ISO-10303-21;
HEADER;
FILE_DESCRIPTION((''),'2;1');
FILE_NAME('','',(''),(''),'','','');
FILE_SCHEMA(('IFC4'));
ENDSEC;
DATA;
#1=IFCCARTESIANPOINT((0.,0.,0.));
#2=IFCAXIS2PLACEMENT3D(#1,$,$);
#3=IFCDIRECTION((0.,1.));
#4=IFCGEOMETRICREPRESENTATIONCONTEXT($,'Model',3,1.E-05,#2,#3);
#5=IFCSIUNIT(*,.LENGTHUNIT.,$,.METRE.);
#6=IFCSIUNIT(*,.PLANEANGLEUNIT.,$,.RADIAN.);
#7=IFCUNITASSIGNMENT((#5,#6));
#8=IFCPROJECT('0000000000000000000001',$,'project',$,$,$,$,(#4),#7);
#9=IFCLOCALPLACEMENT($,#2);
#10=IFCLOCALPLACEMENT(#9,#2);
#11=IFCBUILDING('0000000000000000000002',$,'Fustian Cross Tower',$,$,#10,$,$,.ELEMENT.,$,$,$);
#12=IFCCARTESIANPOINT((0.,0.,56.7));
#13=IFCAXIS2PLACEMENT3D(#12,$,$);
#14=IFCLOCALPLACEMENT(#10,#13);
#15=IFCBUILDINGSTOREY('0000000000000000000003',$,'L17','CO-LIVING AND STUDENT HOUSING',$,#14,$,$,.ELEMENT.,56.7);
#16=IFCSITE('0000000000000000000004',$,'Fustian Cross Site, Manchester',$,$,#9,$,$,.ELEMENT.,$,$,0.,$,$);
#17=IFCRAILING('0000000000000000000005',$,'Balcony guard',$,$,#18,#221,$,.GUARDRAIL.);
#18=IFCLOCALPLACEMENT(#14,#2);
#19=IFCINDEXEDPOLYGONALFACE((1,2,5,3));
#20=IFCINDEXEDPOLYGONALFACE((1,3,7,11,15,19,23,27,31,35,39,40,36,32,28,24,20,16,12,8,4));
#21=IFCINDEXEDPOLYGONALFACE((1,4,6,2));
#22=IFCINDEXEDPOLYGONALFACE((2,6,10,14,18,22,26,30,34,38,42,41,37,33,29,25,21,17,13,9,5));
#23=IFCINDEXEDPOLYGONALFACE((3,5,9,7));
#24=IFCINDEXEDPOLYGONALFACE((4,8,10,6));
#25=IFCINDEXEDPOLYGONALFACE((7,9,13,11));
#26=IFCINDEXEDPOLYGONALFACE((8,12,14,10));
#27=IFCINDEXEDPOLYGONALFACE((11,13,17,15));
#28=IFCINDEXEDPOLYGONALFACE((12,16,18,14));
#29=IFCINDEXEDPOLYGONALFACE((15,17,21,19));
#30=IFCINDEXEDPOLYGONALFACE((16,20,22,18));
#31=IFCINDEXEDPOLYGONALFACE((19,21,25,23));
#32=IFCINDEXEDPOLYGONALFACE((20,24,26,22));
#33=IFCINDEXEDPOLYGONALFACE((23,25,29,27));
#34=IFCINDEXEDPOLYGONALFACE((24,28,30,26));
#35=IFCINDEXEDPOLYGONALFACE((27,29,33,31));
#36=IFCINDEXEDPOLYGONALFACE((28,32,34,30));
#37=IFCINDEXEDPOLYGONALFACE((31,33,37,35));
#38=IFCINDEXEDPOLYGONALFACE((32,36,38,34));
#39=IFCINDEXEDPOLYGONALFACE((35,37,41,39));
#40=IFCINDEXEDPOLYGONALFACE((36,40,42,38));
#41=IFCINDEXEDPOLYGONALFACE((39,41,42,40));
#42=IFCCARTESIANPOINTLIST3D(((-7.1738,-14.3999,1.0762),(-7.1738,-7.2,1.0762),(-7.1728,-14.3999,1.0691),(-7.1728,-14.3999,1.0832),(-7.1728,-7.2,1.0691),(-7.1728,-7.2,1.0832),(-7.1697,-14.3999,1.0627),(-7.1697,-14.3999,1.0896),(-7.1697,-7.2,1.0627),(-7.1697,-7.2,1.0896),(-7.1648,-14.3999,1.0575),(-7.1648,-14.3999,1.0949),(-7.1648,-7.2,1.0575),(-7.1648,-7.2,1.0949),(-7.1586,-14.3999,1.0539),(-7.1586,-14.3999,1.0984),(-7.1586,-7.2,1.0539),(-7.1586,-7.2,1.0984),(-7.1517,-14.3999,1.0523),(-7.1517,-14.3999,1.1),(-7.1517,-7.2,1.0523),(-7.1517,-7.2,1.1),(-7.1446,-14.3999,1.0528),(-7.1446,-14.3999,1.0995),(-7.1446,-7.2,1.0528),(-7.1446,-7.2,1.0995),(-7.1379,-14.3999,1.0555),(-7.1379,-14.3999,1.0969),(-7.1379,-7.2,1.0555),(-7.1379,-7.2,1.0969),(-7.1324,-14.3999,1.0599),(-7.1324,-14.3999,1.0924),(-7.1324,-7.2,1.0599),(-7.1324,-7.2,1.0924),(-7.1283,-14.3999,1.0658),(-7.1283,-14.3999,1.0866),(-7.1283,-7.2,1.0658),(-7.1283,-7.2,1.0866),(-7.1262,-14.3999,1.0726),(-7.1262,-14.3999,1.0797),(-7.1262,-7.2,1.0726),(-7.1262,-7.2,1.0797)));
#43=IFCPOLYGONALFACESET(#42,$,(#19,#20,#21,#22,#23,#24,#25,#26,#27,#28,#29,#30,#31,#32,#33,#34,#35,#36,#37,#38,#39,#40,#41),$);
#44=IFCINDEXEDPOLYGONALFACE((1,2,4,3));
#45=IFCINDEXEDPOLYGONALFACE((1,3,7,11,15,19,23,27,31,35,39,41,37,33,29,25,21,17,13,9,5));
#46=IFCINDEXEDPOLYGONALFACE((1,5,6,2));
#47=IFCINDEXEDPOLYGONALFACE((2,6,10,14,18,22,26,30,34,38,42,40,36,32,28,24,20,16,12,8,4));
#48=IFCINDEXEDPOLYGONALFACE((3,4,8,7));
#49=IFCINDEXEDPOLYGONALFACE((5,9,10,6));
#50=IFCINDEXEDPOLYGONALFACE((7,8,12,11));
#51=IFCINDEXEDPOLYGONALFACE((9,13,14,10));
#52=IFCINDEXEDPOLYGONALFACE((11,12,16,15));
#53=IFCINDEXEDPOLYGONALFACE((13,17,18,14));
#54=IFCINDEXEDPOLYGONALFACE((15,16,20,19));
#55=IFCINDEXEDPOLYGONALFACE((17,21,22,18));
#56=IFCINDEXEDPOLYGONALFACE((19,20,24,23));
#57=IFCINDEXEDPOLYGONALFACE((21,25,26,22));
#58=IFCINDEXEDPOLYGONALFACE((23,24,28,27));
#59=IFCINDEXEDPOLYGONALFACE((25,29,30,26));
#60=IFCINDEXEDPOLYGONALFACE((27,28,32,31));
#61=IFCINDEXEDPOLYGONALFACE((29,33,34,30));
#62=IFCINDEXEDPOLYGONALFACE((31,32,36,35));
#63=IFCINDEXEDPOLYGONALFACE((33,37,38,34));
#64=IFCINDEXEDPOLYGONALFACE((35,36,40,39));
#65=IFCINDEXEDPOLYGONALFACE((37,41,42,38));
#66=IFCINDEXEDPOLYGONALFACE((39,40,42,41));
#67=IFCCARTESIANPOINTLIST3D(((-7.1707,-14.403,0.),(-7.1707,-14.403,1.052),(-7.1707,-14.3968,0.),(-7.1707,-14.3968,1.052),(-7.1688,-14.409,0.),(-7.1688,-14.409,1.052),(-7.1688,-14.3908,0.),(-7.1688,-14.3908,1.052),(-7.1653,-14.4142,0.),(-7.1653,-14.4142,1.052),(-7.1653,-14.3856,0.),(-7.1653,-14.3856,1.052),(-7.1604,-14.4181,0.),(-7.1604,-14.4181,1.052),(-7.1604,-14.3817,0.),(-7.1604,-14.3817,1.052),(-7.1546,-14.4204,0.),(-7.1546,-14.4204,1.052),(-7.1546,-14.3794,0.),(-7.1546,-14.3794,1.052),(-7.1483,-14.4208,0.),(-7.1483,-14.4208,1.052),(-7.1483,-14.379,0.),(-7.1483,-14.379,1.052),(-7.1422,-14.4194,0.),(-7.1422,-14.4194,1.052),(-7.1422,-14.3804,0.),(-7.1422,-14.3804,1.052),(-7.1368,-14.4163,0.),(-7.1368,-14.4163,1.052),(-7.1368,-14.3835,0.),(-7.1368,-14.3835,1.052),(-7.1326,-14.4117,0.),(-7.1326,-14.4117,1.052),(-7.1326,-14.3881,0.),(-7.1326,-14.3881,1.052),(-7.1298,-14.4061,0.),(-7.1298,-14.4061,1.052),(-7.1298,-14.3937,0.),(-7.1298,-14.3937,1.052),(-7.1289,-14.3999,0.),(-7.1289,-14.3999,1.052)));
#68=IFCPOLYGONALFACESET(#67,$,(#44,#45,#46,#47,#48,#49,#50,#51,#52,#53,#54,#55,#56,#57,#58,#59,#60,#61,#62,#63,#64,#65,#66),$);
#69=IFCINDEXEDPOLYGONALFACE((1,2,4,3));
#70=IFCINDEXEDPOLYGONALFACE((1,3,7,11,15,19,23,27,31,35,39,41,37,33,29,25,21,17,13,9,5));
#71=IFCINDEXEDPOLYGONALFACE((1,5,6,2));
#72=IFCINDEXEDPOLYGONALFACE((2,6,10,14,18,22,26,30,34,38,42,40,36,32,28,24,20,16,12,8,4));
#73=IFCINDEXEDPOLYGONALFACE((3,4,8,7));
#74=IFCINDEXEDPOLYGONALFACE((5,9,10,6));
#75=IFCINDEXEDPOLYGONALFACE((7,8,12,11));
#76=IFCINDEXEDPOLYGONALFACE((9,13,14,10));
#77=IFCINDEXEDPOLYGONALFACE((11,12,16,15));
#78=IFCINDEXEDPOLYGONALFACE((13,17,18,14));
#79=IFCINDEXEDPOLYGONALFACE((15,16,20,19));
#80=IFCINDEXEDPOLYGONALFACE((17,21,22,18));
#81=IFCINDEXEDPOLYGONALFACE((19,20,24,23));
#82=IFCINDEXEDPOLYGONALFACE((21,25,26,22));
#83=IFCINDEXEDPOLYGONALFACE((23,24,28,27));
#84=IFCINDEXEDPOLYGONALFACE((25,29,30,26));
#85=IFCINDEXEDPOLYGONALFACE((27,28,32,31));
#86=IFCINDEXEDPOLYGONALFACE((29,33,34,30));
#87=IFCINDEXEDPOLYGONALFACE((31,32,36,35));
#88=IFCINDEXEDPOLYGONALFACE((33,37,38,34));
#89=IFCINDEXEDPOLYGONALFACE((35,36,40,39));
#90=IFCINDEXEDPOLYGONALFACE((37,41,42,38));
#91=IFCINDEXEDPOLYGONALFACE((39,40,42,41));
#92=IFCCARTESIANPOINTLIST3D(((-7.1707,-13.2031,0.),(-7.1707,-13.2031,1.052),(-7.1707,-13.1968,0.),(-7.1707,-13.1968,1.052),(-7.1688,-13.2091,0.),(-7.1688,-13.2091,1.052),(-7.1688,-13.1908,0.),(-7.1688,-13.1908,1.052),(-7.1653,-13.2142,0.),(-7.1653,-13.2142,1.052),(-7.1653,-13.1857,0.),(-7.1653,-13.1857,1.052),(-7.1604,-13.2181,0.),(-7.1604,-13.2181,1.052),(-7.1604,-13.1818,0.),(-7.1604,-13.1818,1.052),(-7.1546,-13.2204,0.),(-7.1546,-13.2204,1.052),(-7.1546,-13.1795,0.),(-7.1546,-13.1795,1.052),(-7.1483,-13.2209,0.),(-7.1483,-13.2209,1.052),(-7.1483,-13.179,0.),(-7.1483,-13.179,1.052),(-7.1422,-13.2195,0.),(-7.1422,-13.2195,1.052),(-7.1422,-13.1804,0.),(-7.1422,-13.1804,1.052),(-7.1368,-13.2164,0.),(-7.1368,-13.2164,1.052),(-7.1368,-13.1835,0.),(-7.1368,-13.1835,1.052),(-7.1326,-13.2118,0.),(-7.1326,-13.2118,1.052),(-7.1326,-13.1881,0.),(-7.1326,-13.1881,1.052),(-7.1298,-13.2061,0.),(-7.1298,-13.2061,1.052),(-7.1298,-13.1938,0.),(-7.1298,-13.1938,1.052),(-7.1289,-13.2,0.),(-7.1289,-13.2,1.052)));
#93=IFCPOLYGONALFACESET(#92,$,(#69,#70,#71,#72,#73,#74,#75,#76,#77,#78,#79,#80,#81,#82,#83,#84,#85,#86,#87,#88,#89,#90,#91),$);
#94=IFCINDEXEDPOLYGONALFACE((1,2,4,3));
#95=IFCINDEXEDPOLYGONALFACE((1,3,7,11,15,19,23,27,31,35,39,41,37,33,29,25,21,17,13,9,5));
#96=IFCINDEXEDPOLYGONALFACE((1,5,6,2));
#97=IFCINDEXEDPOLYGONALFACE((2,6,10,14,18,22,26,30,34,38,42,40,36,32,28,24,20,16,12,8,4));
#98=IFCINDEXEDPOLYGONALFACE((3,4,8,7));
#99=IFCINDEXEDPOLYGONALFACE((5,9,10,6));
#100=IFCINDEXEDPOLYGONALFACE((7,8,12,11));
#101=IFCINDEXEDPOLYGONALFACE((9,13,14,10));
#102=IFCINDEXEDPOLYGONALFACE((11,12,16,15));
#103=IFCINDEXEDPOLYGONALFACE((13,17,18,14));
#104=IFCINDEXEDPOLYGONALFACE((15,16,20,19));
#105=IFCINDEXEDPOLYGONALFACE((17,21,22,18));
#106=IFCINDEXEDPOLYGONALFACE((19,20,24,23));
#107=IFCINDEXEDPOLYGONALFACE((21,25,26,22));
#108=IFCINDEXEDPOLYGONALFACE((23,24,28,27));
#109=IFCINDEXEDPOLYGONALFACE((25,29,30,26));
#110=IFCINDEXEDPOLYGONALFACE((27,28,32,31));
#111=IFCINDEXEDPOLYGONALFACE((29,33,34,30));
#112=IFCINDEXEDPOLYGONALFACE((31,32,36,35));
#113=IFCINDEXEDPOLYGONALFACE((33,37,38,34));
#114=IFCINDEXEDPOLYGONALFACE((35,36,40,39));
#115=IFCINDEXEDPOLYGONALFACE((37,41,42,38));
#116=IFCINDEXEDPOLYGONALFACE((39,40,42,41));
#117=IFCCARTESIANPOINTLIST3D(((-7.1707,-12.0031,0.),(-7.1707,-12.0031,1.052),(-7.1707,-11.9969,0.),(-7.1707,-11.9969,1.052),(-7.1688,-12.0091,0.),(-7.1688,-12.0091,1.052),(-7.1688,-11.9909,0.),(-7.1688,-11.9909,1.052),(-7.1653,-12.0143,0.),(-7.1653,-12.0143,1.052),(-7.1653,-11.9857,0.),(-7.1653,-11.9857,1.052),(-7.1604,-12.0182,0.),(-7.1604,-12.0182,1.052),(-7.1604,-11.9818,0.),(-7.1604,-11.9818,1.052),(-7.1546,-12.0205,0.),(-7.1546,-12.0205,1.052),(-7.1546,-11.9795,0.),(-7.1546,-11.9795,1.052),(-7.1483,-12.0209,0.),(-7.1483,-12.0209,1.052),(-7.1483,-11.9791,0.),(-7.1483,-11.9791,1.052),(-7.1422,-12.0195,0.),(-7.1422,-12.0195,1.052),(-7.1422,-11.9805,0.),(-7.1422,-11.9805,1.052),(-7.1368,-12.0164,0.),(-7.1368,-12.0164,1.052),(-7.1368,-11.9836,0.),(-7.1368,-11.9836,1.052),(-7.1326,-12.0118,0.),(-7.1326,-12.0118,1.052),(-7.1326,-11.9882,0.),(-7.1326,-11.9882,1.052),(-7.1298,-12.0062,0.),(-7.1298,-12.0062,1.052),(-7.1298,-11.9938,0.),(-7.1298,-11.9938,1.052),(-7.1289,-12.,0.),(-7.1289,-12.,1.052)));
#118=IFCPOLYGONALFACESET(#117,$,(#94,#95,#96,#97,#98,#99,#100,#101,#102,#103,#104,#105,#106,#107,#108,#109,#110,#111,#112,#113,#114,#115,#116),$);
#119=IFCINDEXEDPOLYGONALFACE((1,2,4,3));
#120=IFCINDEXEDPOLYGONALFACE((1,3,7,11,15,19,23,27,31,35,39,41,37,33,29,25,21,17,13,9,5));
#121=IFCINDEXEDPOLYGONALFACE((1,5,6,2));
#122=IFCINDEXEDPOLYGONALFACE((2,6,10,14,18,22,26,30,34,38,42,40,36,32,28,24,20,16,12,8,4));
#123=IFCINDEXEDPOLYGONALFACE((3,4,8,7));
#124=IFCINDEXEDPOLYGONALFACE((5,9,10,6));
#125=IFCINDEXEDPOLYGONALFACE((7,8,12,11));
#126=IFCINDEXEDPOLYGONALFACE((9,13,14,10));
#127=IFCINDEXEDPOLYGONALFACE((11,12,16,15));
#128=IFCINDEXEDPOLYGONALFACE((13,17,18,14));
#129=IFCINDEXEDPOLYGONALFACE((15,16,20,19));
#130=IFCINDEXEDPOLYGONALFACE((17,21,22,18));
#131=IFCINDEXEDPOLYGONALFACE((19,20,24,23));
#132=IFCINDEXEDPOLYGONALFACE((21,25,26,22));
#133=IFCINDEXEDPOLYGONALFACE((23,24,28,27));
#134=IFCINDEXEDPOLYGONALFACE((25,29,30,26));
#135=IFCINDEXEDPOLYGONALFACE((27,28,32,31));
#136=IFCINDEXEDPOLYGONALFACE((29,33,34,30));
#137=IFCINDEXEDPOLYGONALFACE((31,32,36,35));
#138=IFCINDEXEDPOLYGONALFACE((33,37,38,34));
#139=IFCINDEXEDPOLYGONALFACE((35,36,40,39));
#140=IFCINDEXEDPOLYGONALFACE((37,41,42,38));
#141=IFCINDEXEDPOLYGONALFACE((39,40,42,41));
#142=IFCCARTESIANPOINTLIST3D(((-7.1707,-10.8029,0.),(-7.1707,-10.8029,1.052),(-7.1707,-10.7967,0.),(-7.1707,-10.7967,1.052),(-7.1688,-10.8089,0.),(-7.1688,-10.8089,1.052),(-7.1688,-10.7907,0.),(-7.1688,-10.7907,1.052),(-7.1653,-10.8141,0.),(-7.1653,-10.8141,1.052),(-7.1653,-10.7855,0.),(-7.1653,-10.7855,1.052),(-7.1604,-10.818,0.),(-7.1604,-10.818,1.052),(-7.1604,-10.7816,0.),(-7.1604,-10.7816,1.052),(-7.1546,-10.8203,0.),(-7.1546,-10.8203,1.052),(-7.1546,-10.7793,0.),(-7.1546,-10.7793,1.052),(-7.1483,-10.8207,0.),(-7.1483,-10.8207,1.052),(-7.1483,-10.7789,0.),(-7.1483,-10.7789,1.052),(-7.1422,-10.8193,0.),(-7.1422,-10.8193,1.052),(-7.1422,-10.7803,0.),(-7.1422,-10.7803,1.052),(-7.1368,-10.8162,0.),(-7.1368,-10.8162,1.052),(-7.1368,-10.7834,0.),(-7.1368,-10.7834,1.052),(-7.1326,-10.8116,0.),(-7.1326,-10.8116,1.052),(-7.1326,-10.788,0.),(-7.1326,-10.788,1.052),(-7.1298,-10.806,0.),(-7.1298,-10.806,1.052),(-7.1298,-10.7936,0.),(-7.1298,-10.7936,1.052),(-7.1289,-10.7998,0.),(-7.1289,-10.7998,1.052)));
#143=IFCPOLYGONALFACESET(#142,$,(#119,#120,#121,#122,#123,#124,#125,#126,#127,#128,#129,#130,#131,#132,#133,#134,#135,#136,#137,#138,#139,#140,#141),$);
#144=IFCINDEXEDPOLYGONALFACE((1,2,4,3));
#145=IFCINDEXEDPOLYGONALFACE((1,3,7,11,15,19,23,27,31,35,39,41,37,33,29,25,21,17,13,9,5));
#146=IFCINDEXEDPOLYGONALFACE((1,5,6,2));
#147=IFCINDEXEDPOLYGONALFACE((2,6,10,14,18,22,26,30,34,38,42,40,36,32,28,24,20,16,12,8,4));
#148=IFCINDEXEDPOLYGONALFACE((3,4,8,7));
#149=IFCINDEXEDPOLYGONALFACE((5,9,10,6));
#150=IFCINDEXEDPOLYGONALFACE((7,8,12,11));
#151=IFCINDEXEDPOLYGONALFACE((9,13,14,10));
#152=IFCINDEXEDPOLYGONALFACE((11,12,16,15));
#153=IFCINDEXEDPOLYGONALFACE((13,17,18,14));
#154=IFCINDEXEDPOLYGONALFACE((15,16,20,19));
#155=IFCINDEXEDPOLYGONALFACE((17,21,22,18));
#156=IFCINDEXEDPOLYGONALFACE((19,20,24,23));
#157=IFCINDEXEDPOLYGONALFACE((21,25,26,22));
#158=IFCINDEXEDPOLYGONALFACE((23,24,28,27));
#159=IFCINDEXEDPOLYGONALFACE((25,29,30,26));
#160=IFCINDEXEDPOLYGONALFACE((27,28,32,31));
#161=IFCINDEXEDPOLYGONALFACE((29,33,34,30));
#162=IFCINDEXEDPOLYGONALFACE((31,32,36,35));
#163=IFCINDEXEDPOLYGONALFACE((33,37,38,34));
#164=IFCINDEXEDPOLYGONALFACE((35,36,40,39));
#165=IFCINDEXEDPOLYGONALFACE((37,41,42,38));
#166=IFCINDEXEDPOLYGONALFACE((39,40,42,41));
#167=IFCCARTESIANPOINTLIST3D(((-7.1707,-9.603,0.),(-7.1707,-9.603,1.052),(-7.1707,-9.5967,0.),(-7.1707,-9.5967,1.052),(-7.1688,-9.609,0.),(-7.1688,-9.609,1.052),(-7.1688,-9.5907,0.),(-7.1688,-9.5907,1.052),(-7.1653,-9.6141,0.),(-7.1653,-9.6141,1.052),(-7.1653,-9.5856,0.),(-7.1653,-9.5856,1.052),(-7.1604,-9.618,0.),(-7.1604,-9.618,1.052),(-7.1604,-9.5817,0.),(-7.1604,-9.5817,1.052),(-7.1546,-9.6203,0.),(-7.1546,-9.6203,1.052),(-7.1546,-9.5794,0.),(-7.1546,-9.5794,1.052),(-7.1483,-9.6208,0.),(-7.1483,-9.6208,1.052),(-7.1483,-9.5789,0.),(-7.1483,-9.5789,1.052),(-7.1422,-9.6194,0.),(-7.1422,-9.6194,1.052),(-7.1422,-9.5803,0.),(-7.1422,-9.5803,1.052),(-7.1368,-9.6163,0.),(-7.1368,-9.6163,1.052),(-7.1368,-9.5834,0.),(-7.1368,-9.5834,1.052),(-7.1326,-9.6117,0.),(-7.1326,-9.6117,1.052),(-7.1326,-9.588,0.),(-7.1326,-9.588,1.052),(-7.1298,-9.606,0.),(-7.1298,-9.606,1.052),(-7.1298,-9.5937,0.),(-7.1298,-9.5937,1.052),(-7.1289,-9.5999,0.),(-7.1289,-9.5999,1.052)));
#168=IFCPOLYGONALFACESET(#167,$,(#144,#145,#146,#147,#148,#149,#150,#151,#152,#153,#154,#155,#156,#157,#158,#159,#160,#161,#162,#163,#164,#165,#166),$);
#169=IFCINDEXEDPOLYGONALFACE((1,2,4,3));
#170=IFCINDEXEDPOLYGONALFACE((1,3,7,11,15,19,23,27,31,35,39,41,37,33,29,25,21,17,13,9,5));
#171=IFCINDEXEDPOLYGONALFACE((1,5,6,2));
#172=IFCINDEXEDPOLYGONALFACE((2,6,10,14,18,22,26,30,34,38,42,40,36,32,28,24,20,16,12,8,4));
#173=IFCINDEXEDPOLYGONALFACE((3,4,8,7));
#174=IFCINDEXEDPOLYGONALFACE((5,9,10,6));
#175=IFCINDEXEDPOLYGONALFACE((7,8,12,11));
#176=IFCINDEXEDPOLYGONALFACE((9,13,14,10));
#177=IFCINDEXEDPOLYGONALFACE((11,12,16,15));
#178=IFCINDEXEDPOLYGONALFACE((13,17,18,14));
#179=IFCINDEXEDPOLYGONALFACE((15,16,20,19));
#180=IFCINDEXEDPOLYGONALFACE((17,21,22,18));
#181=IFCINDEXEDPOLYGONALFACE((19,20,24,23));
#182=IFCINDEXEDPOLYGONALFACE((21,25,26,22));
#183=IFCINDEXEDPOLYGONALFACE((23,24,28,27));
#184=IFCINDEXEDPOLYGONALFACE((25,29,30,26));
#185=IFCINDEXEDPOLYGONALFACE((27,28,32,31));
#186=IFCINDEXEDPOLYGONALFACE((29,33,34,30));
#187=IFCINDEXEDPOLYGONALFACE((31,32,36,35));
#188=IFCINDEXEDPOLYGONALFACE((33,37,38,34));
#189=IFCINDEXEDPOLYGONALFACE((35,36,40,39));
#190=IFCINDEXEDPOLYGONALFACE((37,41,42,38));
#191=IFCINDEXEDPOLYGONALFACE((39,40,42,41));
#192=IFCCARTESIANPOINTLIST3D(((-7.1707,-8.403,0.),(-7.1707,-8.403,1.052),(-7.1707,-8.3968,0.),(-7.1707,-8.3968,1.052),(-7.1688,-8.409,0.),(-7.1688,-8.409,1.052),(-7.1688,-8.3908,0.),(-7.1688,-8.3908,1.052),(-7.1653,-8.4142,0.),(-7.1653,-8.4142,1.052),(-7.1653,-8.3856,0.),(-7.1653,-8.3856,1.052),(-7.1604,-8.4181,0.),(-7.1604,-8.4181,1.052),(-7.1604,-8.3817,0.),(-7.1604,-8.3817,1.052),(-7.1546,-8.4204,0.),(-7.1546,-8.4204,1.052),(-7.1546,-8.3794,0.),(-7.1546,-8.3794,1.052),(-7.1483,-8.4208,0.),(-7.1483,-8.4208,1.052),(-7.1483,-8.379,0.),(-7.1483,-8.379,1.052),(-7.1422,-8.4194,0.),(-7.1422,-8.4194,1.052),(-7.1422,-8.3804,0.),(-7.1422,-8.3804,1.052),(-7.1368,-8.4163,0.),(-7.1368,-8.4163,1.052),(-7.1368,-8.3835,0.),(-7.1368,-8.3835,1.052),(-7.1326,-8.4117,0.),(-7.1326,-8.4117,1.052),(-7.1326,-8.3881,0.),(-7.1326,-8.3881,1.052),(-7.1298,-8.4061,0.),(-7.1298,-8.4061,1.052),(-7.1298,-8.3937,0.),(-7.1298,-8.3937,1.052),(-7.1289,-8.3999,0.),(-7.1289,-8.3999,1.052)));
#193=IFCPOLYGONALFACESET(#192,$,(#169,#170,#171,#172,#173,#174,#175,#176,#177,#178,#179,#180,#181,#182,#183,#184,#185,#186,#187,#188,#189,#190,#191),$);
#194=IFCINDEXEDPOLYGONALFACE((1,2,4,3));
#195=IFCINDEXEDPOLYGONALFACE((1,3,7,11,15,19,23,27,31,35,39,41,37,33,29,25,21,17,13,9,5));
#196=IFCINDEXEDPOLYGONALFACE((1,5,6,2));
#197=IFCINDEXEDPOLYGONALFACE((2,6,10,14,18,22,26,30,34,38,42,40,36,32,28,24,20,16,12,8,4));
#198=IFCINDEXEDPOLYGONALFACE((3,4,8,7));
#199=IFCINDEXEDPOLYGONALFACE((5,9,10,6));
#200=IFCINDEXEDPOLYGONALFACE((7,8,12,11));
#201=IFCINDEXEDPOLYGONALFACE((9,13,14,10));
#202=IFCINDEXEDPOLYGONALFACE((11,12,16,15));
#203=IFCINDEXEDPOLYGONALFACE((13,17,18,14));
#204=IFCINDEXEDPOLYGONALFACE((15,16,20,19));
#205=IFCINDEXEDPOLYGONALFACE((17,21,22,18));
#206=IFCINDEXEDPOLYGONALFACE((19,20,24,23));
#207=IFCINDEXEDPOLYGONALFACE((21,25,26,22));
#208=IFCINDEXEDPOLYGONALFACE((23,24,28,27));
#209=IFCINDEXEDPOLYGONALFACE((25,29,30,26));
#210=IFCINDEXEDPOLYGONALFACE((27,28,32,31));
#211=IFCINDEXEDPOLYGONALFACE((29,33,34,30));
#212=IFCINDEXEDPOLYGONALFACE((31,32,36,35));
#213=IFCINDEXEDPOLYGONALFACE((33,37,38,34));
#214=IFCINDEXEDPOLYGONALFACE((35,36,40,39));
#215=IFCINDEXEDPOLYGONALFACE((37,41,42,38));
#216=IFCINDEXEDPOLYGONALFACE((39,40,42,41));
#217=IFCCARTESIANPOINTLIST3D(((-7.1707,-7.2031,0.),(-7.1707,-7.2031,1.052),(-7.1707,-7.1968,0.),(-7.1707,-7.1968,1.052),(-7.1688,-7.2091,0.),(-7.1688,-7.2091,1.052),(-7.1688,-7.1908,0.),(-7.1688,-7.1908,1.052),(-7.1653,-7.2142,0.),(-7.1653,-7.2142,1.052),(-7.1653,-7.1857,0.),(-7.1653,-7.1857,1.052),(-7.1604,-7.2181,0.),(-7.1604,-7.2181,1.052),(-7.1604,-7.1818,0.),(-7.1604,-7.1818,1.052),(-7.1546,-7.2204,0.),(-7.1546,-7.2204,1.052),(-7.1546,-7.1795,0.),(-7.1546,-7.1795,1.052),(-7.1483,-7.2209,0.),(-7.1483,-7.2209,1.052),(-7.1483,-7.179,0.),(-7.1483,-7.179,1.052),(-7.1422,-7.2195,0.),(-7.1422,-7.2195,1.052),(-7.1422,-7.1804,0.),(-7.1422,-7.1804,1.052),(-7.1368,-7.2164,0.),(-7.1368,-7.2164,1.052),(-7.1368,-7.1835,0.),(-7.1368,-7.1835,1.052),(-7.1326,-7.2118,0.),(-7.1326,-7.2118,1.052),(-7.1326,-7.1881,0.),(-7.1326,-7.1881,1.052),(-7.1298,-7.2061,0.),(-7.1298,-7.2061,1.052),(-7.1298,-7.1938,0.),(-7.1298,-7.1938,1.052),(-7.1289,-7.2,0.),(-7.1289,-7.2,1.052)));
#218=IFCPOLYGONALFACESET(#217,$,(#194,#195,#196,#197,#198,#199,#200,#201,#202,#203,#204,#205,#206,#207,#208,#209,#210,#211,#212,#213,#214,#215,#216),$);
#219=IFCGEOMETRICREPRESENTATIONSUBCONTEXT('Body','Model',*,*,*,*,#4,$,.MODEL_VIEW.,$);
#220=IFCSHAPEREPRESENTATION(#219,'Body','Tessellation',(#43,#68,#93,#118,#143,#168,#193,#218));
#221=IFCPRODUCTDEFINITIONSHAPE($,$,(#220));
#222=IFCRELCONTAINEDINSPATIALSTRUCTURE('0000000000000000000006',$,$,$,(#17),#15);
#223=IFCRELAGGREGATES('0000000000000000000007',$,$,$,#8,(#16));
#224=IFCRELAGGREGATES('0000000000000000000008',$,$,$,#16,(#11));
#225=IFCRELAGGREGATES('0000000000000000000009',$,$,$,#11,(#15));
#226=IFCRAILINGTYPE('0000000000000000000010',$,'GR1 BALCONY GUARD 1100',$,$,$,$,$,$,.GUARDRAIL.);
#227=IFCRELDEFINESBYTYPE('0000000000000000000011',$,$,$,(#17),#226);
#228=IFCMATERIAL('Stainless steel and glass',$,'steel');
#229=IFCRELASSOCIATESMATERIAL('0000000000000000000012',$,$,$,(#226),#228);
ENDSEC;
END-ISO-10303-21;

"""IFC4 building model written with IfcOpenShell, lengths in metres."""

from ifc_helpers import new_model, si_unit, direction, frame, origin, origin_2d, place, context, subcontext, project, spatial, circle, extrude, material, type_object, element, save


model = new_model("IFC4")

# Units and contexts
model_context = context("Model", 3, precision=1e-05, world=origin(), true_north=direction((0.0, 1.0)))
body_context = subcontext(model_context, "Body", "Model", "MODEL_VIEW")
ifc_project = project(units=[si_unit("LENGTHUNIT", "METRE"), si_unit("PLANEANGLEUNIT", "RADIAN")], contexts=[model_context])

# Site, building, storey
site_placement = place(None, origin())
site = spatial("IfcSite", under=ifc_project, at=site_placement, Name="Fustian Cross Site, Manchester", CompositionType="ELEMENT", RefElevation=0.0)
building_placement = place(site_placement, origin())
building = spatial("IfcBuilding", under=site, at=building_placement, Name="Fustian Cross Tower", CompositionType="ELEMENT")
storey_placement = place(building_placement, frame((0.0, 0.0, 56.7)))
storey = spatial("IfcBuildingStorey", under=building, at=storey_placement, Name="L17", Description="CO-LIVING AND STUDENT HOUSING", CompositionType="ELEMENT", Elevation=56.7)

# Railing
ifc_material_1 = material(Name="Stainless steel and glass", Category="steel")
railing_type = type_object("IfcRailingType", Name="GR1 BALCONY GUARD 1100", PredefinedType="GUARDRAIL", material=ifc_material_1)
railing_placement = place(storey_placement, frame((-7.1499, -14.3999, 0.0)))
element("IfcRailing", 1, at=railing_placement, inside=storey, type_object=railing_type, Name="Balcony guard", PredefinedType="GUARDRAIL", context=body_context, shape_type="SweptSolid", body=[
    extrude(circle(Radius=0.0239, at=origin_2d()), frame((0.0, 0.0, 1.0762), z_axis=(0.0, 1.0, 0.0), x_axis=(-1.0, 0.0, 0.0)), (0.0, 0.0, 1.0), 7.2),
    extrude(circle(Radius=0.021, at=origin_2d()), origin(), (0.0, 0.0, 1.0), 1.052),
    extrude(circle(Radius=0.021, at=origin_2d()), frame((0.0, 1.2, 0.0)), (0.0, 0.0, 1.0), 1.052),
    extrude(circle(Radius=0.021, at=origin_2d()), frame((0.0, 2.3999, 0.0)), (0.0, 0.0, 1.0), 1.052),
    extrude(circle(Radius=0.021, at=origin_2d()), frame((0.0, 3.6001, 0.0)), (0.0, 0.0, 1.0), 1.052),
    extrude(circle(Radius=0.021, at=origin_2d()), frame((0.0, 4.8, 0.0)), (0.0, 0.0, 1.0), 1.052),
    extrude(circle(Radius=0.021, at=origin_2d()), frame((0.0, 6.0, 0.0)), (0.0, 0.0, 1.0), 1.052),
    extrude(circle(Radius=0.021, at=origin_2d()), frame((0.0, 7.2, 0.0)), (0.0, 0.0, 1.0), 1.052),
])

save(model, "model.ifc")
